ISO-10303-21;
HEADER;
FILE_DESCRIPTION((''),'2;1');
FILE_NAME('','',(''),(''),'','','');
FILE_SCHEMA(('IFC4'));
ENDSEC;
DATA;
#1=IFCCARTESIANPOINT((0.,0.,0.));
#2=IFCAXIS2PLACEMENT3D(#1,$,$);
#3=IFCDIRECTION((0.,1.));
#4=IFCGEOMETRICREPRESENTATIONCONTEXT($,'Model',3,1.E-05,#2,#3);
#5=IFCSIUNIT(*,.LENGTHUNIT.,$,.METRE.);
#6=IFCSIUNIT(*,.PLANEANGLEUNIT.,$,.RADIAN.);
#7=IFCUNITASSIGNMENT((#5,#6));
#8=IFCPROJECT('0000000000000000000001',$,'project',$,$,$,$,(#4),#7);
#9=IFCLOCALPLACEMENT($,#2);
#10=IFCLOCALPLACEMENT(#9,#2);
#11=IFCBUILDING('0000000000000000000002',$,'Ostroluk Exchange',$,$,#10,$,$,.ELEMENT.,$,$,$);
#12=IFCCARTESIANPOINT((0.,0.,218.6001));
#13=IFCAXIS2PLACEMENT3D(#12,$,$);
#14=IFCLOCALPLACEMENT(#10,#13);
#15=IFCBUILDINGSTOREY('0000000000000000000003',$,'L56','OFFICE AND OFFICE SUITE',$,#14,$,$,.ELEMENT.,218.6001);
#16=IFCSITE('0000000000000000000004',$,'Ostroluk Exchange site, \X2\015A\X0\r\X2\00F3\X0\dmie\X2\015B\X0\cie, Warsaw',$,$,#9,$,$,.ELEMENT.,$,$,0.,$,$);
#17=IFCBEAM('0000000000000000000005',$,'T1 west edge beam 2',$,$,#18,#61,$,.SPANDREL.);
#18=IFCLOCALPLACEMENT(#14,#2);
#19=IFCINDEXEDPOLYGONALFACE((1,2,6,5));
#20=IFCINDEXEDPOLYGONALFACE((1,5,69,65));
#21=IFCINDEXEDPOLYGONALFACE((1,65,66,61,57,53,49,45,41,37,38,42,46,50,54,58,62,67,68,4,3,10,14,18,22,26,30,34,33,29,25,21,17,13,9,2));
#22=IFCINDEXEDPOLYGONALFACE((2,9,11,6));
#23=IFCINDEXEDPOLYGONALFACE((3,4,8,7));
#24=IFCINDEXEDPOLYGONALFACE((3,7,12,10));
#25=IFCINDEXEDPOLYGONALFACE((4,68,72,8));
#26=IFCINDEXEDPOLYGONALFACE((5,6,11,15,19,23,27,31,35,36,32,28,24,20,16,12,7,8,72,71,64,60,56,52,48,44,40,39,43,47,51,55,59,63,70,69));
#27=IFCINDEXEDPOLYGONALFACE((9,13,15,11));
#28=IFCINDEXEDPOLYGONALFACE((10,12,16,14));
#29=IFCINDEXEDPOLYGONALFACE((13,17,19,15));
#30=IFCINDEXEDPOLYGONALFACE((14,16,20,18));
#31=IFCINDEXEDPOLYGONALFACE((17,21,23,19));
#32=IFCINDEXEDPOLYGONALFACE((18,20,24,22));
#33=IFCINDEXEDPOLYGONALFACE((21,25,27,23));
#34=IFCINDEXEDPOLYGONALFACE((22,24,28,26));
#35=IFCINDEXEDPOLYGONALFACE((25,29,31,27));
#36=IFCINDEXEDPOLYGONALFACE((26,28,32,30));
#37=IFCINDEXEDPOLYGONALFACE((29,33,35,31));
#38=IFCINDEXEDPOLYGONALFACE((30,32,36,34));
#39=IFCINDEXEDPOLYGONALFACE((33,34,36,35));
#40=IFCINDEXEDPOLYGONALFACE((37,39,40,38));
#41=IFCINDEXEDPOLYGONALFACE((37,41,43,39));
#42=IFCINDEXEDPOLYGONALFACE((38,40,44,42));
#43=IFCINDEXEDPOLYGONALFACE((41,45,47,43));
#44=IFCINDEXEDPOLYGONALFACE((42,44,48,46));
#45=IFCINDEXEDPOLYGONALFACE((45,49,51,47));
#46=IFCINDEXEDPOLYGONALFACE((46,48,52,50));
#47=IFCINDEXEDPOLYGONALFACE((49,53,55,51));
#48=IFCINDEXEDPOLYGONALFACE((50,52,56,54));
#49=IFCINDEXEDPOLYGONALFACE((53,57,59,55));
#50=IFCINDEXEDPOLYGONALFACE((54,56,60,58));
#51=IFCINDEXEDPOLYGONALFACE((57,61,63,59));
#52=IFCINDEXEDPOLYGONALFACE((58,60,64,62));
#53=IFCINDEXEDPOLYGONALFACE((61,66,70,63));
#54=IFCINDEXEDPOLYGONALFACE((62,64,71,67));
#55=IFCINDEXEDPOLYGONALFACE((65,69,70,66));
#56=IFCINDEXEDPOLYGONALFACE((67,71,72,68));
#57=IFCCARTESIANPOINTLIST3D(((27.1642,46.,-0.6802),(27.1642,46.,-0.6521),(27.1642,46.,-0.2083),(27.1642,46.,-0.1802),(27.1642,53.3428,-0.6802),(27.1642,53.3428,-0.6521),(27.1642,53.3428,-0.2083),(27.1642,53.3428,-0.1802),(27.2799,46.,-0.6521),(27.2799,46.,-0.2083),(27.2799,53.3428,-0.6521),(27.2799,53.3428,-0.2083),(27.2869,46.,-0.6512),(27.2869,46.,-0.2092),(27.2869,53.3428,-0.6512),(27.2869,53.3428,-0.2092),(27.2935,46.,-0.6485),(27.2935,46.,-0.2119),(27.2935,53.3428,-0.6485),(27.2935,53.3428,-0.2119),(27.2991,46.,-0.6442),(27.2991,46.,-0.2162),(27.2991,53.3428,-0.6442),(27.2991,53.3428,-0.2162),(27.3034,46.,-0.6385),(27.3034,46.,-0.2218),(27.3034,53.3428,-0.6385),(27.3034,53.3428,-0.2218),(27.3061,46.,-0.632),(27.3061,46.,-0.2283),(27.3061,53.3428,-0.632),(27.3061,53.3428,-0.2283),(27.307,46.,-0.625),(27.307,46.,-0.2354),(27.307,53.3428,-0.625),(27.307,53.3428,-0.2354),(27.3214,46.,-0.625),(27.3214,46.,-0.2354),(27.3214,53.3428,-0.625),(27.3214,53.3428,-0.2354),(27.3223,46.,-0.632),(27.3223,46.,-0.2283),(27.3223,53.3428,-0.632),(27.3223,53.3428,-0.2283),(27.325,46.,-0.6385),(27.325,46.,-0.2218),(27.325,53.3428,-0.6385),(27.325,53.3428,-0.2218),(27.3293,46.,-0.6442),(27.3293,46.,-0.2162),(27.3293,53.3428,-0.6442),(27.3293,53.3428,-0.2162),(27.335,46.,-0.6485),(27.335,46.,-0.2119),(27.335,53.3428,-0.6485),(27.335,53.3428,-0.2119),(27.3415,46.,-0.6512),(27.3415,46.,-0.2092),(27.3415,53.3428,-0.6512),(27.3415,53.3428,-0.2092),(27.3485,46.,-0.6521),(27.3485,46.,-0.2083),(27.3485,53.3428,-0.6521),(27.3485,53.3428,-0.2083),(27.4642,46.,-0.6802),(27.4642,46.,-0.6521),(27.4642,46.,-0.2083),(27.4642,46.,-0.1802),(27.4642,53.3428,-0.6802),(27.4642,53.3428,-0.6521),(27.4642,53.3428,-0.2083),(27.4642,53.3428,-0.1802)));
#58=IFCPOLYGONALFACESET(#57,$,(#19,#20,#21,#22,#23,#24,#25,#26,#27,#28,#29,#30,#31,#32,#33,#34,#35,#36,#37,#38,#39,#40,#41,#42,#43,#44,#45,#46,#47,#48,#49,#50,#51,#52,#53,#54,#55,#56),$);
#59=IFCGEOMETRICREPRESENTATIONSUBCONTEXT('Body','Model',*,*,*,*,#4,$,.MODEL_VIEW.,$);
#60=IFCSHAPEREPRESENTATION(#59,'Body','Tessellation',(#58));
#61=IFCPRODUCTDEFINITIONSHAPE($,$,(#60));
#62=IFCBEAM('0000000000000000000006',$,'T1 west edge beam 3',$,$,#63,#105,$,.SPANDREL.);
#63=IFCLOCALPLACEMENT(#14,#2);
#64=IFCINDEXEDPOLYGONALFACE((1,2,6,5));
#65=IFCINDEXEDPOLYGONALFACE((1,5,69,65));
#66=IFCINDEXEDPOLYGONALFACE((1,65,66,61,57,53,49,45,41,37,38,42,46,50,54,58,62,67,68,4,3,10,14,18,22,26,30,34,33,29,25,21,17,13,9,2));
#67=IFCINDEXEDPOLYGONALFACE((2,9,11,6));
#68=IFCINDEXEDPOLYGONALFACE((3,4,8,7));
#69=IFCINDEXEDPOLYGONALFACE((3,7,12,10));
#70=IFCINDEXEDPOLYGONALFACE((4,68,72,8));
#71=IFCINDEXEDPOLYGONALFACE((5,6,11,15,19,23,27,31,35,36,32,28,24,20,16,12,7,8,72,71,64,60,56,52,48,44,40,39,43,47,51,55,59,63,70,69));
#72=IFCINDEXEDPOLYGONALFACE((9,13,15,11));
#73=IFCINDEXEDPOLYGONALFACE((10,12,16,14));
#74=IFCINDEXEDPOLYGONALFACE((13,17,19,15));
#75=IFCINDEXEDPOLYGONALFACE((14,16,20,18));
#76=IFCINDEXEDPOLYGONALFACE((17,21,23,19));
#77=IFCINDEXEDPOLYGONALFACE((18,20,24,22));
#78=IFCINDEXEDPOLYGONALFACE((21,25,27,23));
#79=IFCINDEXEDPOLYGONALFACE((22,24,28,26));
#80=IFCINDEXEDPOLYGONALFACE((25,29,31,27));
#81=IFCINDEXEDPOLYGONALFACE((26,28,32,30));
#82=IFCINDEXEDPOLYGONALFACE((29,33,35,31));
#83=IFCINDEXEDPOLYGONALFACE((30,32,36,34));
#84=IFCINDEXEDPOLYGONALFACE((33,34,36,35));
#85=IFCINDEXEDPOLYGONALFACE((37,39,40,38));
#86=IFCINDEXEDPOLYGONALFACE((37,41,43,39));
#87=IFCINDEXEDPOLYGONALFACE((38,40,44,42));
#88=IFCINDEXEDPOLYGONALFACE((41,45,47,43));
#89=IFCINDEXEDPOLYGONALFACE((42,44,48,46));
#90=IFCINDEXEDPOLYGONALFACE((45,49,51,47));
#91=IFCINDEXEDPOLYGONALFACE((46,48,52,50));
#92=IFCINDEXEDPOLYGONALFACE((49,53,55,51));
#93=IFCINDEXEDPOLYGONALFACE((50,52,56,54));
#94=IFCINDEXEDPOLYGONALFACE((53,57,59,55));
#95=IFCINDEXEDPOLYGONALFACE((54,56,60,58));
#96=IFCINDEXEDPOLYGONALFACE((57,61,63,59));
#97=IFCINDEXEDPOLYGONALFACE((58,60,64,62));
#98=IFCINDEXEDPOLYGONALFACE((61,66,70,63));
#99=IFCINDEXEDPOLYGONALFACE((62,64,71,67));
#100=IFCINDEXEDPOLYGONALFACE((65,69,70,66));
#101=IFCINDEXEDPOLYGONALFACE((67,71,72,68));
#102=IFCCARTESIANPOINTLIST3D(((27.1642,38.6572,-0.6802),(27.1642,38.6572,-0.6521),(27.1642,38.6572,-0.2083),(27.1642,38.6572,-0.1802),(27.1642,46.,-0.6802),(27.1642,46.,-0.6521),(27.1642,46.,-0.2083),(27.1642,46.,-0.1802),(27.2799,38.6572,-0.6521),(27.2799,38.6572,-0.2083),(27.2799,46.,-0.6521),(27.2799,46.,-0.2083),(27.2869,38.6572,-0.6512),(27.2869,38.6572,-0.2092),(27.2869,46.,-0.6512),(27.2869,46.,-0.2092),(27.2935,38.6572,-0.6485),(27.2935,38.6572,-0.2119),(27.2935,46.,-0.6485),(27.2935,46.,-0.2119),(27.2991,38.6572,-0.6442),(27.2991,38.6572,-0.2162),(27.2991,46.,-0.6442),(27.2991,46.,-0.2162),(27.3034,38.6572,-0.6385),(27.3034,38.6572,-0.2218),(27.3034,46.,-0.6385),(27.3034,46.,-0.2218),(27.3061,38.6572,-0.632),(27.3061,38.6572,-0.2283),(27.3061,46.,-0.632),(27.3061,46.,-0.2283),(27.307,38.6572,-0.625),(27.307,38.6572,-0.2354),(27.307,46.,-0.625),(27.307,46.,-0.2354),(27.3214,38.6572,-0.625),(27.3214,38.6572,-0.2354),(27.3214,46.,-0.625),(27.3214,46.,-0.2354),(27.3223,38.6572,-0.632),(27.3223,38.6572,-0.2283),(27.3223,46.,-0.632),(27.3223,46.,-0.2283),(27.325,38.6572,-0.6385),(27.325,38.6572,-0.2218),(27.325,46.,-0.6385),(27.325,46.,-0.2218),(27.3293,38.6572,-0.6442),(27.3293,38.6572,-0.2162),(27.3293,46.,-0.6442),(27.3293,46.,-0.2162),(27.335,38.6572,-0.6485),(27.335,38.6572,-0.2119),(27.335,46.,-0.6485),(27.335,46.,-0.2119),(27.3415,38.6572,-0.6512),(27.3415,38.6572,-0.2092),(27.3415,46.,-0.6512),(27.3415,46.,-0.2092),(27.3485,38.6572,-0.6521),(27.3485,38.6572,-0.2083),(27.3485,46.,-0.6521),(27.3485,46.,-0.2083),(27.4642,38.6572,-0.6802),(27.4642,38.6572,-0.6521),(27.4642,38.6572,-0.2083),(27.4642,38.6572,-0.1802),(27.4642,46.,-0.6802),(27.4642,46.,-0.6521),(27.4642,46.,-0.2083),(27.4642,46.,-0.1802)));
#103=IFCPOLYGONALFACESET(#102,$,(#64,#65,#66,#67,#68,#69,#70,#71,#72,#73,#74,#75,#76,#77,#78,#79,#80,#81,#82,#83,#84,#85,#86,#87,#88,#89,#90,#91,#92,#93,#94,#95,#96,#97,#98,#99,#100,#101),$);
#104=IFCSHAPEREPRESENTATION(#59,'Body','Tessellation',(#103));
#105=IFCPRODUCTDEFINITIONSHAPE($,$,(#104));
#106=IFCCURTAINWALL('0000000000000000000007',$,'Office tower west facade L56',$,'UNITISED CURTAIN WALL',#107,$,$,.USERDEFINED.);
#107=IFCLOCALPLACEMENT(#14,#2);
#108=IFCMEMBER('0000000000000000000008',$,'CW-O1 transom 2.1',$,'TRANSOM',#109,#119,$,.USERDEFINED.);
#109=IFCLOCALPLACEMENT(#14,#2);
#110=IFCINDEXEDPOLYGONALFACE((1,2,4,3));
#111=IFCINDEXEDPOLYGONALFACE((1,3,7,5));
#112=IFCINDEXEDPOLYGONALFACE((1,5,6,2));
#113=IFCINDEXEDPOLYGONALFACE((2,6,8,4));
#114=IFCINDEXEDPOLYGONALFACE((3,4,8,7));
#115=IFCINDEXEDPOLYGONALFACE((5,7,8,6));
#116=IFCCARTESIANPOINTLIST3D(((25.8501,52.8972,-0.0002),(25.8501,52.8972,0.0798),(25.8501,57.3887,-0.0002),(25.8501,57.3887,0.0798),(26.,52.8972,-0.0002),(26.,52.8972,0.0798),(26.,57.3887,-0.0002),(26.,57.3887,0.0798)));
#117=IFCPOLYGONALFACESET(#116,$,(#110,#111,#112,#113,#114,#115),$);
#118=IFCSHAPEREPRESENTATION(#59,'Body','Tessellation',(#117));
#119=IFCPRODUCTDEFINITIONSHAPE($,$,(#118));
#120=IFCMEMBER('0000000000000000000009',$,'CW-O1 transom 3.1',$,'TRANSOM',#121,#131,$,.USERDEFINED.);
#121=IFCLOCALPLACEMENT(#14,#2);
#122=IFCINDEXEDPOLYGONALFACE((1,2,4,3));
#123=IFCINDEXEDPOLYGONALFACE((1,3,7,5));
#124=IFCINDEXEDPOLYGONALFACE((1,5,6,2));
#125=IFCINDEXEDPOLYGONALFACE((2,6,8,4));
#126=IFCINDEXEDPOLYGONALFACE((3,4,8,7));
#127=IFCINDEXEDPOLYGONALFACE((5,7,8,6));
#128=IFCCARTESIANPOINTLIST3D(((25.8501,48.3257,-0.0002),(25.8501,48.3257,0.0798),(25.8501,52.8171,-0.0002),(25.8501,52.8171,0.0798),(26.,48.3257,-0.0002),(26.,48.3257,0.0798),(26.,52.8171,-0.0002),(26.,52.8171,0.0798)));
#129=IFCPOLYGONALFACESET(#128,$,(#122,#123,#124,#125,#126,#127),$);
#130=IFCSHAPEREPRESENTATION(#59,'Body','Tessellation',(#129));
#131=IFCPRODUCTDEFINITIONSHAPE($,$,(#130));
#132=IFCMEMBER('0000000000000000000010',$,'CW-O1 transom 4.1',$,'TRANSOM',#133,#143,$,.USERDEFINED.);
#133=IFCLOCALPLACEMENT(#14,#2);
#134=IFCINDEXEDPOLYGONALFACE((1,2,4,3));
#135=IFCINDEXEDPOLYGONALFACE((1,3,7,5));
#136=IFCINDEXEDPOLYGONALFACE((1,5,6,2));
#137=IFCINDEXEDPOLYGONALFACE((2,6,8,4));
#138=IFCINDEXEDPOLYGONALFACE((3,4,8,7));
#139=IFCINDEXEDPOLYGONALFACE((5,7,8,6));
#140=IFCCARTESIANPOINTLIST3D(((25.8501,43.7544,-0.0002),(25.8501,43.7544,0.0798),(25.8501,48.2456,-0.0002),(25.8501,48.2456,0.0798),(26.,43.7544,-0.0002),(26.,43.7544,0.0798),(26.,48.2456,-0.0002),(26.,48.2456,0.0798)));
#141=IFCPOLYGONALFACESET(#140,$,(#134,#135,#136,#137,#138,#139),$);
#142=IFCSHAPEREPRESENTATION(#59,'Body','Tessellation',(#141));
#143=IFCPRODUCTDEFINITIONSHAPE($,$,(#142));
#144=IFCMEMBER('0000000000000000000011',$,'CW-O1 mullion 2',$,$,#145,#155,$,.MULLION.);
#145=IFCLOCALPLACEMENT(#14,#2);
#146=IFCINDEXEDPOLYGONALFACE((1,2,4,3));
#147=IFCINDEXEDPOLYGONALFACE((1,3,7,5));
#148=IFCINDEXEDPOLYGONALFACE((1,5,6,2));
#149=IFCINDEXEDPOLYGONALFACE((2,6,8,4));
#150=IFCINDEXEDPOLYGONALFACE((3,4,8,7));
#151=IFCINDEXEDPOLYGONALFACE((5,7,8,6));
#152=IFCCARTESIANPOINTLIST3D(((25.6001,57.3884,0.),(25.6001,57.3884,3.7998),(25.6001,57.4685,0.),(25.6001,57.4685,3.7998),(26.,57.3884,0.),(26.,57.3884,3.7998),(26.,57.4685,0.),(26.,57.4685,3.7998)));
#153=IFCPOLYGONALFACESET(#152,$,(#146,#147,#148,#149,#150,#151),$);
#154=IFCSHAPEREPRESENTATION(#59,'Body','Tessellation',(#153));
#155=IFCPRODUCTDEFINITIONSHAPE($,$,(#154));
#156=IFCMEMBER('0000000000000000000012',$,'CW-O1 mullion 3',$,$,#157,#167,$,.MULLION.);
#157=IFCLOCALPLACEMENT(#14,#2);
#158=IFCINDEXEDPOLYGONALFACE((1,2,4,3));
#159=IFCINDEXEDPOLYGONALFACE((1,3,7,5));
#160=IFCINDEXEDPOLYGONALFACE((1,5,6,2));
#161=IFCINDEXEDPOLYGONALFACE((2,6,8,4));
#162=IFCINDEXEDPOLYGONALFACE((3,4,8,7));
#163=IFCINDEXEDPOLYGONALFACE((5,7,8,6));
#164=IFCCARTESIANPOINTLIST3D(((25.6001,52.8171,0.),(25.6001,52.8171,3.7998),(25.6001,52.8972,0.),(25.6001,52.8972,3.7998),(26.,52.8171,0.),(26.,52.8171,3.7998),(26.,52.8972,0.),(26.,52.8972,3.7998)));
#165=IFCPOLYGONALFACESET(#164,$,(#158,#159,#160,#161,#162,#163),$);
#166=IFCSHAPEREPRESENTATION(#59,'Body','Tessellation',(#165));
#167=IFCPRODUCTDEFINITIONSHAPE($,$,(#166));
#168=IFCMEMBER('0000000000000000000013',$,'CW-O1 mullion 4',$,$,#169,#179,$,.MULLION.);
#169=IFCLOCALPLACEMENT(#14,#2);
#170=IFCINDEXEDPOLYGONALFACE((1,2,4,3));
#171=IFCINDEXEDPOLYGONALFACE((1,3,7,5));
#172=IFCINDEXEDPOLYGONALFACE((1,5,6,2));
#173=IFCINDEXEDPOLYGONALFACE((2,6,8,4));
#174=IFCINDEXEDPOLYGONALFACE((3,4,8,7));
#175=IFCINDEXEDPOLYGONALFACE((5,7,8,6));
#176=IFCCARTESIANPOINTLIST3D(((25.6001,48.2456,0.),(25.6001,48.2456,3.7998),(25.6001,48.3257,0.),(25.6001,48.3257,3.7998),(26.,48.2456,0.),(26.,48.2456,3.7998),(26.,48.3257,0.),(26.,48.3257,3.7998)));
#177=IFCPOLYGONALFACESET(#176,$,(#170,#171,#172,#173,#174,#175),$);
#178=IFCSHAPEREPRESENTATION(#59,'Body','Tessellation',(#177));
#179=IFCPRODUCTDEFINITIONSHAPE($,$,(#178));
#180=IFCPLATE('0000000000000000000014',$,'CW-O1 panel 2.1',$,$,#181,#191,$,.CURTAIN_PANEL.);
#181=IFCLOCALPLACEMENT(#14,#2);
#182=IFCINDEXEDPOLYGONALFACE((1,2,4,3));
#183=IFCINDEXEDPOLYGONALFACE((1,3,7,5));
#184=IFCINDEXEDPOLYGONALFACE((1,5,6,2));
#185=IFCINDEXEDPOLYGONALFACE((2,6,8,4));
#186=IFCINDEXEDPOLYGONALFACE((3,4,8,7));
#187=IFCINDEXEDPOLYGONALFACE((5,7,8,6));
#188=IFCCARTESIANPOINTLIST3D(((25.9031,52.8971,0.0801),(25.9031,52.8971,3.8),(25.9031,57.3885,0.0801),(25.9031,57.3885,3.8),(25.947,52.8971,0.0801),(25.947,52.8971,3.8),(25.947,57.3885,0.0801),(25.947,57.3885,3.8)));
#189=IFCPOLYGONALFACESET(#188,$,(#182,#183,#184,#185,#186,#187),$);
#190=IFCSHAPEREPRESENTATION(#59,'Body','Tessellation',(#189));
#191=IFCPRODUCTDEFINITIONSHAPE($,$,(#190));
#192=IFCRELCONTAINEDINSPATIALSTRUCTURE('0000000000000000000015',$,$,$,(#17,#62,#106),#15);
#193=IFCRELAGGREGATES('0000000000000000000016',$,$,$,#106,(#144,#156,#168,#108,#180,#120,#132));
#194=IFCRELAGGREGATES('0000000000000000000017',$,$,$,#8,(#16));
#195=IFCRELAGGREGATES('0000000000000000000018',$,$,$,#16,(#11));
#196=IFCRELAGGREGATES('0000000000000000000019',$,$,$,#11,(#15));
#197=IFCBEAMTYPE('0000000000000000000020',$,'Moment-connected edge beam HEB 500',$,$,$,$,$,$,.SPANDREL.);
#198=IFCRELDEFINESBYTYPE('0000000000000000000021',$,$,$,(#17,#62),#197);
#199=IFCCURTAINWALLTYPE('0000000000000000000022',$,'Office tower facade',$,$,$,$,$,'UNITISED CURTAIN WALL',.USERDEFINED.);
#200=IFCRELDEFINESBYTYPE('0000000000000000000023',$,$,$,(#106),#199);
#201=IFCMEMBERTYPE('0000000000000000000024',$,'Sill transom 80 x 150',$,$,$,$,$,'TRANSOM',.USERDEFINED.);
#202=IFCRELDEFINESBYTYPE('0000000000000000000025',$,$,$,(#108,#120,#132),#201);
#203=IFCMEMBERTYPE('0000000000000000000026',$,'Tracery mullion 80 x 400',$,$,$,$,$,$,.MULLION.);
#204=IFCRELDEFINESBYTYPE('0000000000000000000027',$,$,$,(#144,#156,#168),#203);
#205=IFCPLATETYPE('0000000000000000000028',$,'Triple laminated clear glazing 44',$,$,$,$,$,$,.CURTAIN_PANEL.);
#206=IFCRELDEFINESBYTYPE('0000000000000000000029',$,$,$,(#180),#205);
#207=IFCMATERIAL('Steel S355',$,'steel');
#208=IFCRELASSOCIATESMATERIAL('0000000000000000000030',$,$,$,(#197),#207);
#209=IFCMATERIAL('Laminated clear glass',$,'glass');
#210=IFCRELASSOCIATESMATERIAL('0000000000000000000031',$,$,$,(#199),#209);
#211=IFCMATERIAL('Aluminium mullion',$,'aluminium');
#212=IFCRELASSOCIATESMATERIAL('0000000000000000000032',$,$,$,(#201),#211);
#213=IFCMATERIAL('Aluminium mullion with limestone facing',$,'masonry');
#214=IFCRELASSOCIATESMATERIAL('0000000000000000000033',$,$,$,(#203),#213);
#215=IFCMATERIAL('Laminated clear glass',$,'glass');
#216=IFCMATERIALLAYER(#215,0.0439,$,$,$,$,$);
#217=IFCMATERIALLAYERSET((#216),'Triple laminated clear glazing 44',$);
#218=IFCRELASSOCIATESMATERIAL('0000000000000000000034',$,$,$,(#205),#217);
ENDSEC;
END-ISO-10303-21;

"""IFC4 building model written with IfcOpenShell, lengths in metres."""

from ifc_helpers import new_model, si_unit, direction, frame, origin, origin_2d, place, context, subcontext, project, spatial, rectangle, i_section, extrude, material, layer, layer_set, material_profile, profile_set, type_object, element, aggregate, save


model = new_model("IFC4")

# Units and contexts
model_context = context("Model", 3, precision=1e-05, world=origin(), true_north=direction((0.0, 1.0)))
body_context = subcontext(model_context, "Body", "Model", "MODEL_VIEW")
ifc_project = project(units=[si_unit("LENGTHUNIT", "METRE"), si_unit("PLANEANGLEUNIT", "RADIAN")], contexts=[model_context])

# Site, building, storey
site_placement = place(None, origin())
site = spatial("IfcSite", under=ifc_project, at=site_placement, Name="Ostroluk Exchange site, Śródmieście, Warsaw", CompositionType="ELEMENT", RefElevation=0.0)
building_placement = place(site_placement, origin())
building = spatial("IfcBuilding", under=site, at=building_placement, Name="Ostroluk Exchange", CompositionType="ELEMENT")
storey_placement = place(building_placement, frame((0.0, 0.0, 218.6001)))
storey = spatial("IfcBuildingStorey", under=building, at=storey_placement, Name="L56", Description="OFFICE AND OFFICE SUITE", CompositionType="ELEMENT", Elevation=218.6001)

# Beams
ifc_material_1 = material(Name="Steel S355", Category="steel")
ifc_material_profile_1 = material_profile(ifc_material_1, i_section(OverallWidth=0.3, OverallDepth=0.5, WebThickness=0.0144, FlangeThickness=0.0281, FilletRadius=0.0271, at=origin_2d()), Name="HEB 500")
ifc_profile_set_1 = profile_set([ifc_material_profile_1], Name="Steel S355")
beam_type = type_object("IfcBeamType", Name="Moment-connected edge beam HEB 500", PredefinedType="SPANDREL", material=ifc_profile_set_1)
for number, where, z_axis, x_axis, name in (
    (1, (27.3142, 53.3428, -0.4302), (0.0, -1.0, 0.0), (1.0, 0.0, 0.0), "T1 west edge beam 2"),
    (2, (27.3142, 46.0, -0.4302), (0.0, -1.0, 0.0), (1.0, 0.0, 0.0), "T1 west edge beam 3"),
):
    element("IfcBeam", number, at=place(storey_placement, frame(where, z_axis=z_axis, x_axis=x_axis)), inside=storey, type_object=beam_type, Name=name, PredefinedType="SPANDREL", context=body_context, shape_type="SweptSolid", body=[
        extrude(i_section(OverallWidth=0.3, OverallDepth=0.5, WebThickness=0.0144, FlangeThickness=0.0281, FilletRadius=0.0271, at=origin_2d()), origin(), (0.0, 0.0, 1.0), 7.3428),
    ])

# Curtain wall, members, plate
ifc_material_2 = material(Name="Laminated clear glass", Category="glass")
curtain_wall_type = type_object("IfcCurtainWallType", Name="Office tower facade", ElementType="UNITISED CURTAIN WALL", PredefinedType="USERDEFINED", material=ifc_material_2)
curtain_wall_placement = place(storey_placement, origin())
curtain_wall = element("IfcCurtainWall", 3, at=curtain_wall_placement, inside=storey, type_object=curtain_wall_type, Name="Office tower west facade L56", ObjectType="UNITISED CURTAIN WALL", PredefinedType="USERDEFINED")
ifc_material_3 = material(Name="Aluminium mullion", Category="aluminium")
ifc_material_profile_2 = material_profile(ifc_material_3, rectangle(XDim=0.1499, YDim=0.0801, at=origin_2d()), Name="Sill transom 80 x 150")
ifc_profile_set_2 = profile_set([ifc_material_profile_2], Name="Aluminium mullion")
member_type_1 = type_object("IfcMemberType", Name="Sill transom 80 x 150", ElementType="TRANSOM", PredefinedType="USERDEFINED", material=ifc_profile_set_2)
member_1_placement = place(storey_placement, frame((25.925, 57.3887, 0.0398), z_axis=(0.0, -1.0, 0.0), x_axis=(1.0, 0.0, 0.0)))
member_1 = element("IfcMember", 4, at=member_1_placement, type_object=member_type_1, Name="CW-O1 transom 2.1", ObjectType="TRANSOM", PredefinedType="USERDEFINED", context=body_context, shape_type="SweptSolid", body=[
    extrude(rectangle(XDim=0.1499, YDim=0.0801, at=origin_2d()), origin(), (0.0, 0.0, 1.0), 4.4915),
])
member_2_placement = place(storey_placement, frame((25.925, 52.8171, 0.0398), z_axis=(0.0, -1.0, 0.0), x_axis=(1.0, 0.0, 0.0)))
member_2 = element("IfcMember", 5, at=member_2_placement, type_object=member_type_1, Name="CW-O1 transom 3.1", ObjectType="TRANSOM", PredefinedType="USERDEFINED", context=body_context, shape_type="SweptSolid", body=[
    extrude(rectangle(XDim=0.1499, YDim=0.0801, at=origin_2d()), origin(), (0.0, 0.0, 1.0), 4.4915),
])
member_3_placement = place(storey_placement, frame((25.925, 48.2456, 0.0398), z_axis=(0.0, -1.0, 0.0), x_axis=(1.0, 0.0, 0.0)))
member_3 = element("IfcMember", 6, at=member_3_placement, type_object=member_type_1, Name="CW-O1 transom 4.1", ObjectType="TRANSOM", PredefinedType="USERDEFINED", context=body_context, shape_type="SweptSolid", body=[
    extrude(rectangle(XDim=0.1499, YDim=0.0801, at=origin_2d()), origin(), (0.0, 0.0, 1.0), 4.4912),
])
ifc_material_4 = material(Name="Aluminium mullion with limestone facing", Category="masonry")
ifc_material_profile_3 = material_profile(ifc_material_4, rectangle(XDim=0.3999, YDim=0.0801, at=origin_2d()), Name="Tracery mullion 80 x 400")
ifc_profile_set_3 = profile_set([ifc_material_profile_3], Name="Aluminium mullion with limestone facing")
member_type_2 = type_object("IfcMemberType", Name="Tracery mullion 80 x 400", PredefinedType="MULLION", material=ifc_profile_set_3)
member_4_placement = place(storey_placement, frame((25.8, 57.4285, 0.0), z_axis=(0.0, 0.0, 1.0), x_axis=(1.0, 0.0, 0.0)))
member_4 = element("IfcMember", 7, at=member_4_placement, type_object=member_type_2, Name="CW-O1 mullion 2", PredefinedType="MULLION", context=body_context, shape_type="SweptSolid", body=[
    extrude(rectangle(XDim=0.3999, YDim=0.0801, at=origin_2d()), origin(), (0.0, 0.0, 1.0), 3.7998),
])
member_5_placement = place(storey_placement, frame((25.8, 52.8572, 0.0), z_axis=(0.0, 0.0, 1.0), x_axis=(1.0, 0.0, 0.0)))
member_5 = element("IfcMember", 8, at=member_5_placement, type_object=member_type_2, Name="CW-O1 mullion 3", PredefinedType="MULLION", context=body_context, shape_type="SweptSolid", body=[
    extrude(rectangle(XDim=0.3999, YDim=0.0801, at=origin_2d()), origin(), (0.0, 0.0, 1.0), 3.7998),
])
member_6_placement = place(storey_placement, frame((25.8, 48.2856, 0.0), z_axis=(0.0, 0.0, 1.0), x_axis=(1.0, 0.0, 0.0)))
member_6 = element("IfcMember", 9, at=member_6_placement, type_object=member_type_2, Name="CW-O1 mullion 4", PredefinedType="MULLION", context=body_context, shape_type="SweptSolid", body=[
    extrude(rectangle(XDim=0.3999, YDim=0.0801, at=origin_2d()), origin(), (0.0, 0.0, 1.0), 3.7998),
])
ifc_material_5 = material(Name="Laminated clear glass", Category="glass")
ifc_layer_1 = layer(ifc_material_5, 0.0439)
ifc_layer_set_1 = layer_set([ifc_layer_1], Name="Triple laminated clear glazing 44")
plate_type = type_object("IfcPlateType", Name="Triple laminated clear glazing 44", PredefinedType="CURTAIN_PANEL", material=ifc_layer_set_1)
plate_1_placement = place(storey_placement, frame((25.925, 55.1428, 0.0801), z_axis=(0.0, 0.0, 1.0), x_axis=(0.0, -1.0, 0.0)))
plate_1 = element("IfcPlate", 10, at=plate_1_placement, type_object=plate_type, Name="CW-O1 panel 2.1", PredefinedType="CURTAIN_PANEL", context=body_context, shape_type="SweptSolid", body=[
    extrude(rectangle(XDim=4.4915, YDim=0.0439, at=origin_2d()), origin(), (0.0, 0.0, 1.0), 3.72),
])
aggregate(curtain_wall, [member_4, member_5, member_6, member_1, plate_1, member_2, member_3])

save(model, "model.ifc")
